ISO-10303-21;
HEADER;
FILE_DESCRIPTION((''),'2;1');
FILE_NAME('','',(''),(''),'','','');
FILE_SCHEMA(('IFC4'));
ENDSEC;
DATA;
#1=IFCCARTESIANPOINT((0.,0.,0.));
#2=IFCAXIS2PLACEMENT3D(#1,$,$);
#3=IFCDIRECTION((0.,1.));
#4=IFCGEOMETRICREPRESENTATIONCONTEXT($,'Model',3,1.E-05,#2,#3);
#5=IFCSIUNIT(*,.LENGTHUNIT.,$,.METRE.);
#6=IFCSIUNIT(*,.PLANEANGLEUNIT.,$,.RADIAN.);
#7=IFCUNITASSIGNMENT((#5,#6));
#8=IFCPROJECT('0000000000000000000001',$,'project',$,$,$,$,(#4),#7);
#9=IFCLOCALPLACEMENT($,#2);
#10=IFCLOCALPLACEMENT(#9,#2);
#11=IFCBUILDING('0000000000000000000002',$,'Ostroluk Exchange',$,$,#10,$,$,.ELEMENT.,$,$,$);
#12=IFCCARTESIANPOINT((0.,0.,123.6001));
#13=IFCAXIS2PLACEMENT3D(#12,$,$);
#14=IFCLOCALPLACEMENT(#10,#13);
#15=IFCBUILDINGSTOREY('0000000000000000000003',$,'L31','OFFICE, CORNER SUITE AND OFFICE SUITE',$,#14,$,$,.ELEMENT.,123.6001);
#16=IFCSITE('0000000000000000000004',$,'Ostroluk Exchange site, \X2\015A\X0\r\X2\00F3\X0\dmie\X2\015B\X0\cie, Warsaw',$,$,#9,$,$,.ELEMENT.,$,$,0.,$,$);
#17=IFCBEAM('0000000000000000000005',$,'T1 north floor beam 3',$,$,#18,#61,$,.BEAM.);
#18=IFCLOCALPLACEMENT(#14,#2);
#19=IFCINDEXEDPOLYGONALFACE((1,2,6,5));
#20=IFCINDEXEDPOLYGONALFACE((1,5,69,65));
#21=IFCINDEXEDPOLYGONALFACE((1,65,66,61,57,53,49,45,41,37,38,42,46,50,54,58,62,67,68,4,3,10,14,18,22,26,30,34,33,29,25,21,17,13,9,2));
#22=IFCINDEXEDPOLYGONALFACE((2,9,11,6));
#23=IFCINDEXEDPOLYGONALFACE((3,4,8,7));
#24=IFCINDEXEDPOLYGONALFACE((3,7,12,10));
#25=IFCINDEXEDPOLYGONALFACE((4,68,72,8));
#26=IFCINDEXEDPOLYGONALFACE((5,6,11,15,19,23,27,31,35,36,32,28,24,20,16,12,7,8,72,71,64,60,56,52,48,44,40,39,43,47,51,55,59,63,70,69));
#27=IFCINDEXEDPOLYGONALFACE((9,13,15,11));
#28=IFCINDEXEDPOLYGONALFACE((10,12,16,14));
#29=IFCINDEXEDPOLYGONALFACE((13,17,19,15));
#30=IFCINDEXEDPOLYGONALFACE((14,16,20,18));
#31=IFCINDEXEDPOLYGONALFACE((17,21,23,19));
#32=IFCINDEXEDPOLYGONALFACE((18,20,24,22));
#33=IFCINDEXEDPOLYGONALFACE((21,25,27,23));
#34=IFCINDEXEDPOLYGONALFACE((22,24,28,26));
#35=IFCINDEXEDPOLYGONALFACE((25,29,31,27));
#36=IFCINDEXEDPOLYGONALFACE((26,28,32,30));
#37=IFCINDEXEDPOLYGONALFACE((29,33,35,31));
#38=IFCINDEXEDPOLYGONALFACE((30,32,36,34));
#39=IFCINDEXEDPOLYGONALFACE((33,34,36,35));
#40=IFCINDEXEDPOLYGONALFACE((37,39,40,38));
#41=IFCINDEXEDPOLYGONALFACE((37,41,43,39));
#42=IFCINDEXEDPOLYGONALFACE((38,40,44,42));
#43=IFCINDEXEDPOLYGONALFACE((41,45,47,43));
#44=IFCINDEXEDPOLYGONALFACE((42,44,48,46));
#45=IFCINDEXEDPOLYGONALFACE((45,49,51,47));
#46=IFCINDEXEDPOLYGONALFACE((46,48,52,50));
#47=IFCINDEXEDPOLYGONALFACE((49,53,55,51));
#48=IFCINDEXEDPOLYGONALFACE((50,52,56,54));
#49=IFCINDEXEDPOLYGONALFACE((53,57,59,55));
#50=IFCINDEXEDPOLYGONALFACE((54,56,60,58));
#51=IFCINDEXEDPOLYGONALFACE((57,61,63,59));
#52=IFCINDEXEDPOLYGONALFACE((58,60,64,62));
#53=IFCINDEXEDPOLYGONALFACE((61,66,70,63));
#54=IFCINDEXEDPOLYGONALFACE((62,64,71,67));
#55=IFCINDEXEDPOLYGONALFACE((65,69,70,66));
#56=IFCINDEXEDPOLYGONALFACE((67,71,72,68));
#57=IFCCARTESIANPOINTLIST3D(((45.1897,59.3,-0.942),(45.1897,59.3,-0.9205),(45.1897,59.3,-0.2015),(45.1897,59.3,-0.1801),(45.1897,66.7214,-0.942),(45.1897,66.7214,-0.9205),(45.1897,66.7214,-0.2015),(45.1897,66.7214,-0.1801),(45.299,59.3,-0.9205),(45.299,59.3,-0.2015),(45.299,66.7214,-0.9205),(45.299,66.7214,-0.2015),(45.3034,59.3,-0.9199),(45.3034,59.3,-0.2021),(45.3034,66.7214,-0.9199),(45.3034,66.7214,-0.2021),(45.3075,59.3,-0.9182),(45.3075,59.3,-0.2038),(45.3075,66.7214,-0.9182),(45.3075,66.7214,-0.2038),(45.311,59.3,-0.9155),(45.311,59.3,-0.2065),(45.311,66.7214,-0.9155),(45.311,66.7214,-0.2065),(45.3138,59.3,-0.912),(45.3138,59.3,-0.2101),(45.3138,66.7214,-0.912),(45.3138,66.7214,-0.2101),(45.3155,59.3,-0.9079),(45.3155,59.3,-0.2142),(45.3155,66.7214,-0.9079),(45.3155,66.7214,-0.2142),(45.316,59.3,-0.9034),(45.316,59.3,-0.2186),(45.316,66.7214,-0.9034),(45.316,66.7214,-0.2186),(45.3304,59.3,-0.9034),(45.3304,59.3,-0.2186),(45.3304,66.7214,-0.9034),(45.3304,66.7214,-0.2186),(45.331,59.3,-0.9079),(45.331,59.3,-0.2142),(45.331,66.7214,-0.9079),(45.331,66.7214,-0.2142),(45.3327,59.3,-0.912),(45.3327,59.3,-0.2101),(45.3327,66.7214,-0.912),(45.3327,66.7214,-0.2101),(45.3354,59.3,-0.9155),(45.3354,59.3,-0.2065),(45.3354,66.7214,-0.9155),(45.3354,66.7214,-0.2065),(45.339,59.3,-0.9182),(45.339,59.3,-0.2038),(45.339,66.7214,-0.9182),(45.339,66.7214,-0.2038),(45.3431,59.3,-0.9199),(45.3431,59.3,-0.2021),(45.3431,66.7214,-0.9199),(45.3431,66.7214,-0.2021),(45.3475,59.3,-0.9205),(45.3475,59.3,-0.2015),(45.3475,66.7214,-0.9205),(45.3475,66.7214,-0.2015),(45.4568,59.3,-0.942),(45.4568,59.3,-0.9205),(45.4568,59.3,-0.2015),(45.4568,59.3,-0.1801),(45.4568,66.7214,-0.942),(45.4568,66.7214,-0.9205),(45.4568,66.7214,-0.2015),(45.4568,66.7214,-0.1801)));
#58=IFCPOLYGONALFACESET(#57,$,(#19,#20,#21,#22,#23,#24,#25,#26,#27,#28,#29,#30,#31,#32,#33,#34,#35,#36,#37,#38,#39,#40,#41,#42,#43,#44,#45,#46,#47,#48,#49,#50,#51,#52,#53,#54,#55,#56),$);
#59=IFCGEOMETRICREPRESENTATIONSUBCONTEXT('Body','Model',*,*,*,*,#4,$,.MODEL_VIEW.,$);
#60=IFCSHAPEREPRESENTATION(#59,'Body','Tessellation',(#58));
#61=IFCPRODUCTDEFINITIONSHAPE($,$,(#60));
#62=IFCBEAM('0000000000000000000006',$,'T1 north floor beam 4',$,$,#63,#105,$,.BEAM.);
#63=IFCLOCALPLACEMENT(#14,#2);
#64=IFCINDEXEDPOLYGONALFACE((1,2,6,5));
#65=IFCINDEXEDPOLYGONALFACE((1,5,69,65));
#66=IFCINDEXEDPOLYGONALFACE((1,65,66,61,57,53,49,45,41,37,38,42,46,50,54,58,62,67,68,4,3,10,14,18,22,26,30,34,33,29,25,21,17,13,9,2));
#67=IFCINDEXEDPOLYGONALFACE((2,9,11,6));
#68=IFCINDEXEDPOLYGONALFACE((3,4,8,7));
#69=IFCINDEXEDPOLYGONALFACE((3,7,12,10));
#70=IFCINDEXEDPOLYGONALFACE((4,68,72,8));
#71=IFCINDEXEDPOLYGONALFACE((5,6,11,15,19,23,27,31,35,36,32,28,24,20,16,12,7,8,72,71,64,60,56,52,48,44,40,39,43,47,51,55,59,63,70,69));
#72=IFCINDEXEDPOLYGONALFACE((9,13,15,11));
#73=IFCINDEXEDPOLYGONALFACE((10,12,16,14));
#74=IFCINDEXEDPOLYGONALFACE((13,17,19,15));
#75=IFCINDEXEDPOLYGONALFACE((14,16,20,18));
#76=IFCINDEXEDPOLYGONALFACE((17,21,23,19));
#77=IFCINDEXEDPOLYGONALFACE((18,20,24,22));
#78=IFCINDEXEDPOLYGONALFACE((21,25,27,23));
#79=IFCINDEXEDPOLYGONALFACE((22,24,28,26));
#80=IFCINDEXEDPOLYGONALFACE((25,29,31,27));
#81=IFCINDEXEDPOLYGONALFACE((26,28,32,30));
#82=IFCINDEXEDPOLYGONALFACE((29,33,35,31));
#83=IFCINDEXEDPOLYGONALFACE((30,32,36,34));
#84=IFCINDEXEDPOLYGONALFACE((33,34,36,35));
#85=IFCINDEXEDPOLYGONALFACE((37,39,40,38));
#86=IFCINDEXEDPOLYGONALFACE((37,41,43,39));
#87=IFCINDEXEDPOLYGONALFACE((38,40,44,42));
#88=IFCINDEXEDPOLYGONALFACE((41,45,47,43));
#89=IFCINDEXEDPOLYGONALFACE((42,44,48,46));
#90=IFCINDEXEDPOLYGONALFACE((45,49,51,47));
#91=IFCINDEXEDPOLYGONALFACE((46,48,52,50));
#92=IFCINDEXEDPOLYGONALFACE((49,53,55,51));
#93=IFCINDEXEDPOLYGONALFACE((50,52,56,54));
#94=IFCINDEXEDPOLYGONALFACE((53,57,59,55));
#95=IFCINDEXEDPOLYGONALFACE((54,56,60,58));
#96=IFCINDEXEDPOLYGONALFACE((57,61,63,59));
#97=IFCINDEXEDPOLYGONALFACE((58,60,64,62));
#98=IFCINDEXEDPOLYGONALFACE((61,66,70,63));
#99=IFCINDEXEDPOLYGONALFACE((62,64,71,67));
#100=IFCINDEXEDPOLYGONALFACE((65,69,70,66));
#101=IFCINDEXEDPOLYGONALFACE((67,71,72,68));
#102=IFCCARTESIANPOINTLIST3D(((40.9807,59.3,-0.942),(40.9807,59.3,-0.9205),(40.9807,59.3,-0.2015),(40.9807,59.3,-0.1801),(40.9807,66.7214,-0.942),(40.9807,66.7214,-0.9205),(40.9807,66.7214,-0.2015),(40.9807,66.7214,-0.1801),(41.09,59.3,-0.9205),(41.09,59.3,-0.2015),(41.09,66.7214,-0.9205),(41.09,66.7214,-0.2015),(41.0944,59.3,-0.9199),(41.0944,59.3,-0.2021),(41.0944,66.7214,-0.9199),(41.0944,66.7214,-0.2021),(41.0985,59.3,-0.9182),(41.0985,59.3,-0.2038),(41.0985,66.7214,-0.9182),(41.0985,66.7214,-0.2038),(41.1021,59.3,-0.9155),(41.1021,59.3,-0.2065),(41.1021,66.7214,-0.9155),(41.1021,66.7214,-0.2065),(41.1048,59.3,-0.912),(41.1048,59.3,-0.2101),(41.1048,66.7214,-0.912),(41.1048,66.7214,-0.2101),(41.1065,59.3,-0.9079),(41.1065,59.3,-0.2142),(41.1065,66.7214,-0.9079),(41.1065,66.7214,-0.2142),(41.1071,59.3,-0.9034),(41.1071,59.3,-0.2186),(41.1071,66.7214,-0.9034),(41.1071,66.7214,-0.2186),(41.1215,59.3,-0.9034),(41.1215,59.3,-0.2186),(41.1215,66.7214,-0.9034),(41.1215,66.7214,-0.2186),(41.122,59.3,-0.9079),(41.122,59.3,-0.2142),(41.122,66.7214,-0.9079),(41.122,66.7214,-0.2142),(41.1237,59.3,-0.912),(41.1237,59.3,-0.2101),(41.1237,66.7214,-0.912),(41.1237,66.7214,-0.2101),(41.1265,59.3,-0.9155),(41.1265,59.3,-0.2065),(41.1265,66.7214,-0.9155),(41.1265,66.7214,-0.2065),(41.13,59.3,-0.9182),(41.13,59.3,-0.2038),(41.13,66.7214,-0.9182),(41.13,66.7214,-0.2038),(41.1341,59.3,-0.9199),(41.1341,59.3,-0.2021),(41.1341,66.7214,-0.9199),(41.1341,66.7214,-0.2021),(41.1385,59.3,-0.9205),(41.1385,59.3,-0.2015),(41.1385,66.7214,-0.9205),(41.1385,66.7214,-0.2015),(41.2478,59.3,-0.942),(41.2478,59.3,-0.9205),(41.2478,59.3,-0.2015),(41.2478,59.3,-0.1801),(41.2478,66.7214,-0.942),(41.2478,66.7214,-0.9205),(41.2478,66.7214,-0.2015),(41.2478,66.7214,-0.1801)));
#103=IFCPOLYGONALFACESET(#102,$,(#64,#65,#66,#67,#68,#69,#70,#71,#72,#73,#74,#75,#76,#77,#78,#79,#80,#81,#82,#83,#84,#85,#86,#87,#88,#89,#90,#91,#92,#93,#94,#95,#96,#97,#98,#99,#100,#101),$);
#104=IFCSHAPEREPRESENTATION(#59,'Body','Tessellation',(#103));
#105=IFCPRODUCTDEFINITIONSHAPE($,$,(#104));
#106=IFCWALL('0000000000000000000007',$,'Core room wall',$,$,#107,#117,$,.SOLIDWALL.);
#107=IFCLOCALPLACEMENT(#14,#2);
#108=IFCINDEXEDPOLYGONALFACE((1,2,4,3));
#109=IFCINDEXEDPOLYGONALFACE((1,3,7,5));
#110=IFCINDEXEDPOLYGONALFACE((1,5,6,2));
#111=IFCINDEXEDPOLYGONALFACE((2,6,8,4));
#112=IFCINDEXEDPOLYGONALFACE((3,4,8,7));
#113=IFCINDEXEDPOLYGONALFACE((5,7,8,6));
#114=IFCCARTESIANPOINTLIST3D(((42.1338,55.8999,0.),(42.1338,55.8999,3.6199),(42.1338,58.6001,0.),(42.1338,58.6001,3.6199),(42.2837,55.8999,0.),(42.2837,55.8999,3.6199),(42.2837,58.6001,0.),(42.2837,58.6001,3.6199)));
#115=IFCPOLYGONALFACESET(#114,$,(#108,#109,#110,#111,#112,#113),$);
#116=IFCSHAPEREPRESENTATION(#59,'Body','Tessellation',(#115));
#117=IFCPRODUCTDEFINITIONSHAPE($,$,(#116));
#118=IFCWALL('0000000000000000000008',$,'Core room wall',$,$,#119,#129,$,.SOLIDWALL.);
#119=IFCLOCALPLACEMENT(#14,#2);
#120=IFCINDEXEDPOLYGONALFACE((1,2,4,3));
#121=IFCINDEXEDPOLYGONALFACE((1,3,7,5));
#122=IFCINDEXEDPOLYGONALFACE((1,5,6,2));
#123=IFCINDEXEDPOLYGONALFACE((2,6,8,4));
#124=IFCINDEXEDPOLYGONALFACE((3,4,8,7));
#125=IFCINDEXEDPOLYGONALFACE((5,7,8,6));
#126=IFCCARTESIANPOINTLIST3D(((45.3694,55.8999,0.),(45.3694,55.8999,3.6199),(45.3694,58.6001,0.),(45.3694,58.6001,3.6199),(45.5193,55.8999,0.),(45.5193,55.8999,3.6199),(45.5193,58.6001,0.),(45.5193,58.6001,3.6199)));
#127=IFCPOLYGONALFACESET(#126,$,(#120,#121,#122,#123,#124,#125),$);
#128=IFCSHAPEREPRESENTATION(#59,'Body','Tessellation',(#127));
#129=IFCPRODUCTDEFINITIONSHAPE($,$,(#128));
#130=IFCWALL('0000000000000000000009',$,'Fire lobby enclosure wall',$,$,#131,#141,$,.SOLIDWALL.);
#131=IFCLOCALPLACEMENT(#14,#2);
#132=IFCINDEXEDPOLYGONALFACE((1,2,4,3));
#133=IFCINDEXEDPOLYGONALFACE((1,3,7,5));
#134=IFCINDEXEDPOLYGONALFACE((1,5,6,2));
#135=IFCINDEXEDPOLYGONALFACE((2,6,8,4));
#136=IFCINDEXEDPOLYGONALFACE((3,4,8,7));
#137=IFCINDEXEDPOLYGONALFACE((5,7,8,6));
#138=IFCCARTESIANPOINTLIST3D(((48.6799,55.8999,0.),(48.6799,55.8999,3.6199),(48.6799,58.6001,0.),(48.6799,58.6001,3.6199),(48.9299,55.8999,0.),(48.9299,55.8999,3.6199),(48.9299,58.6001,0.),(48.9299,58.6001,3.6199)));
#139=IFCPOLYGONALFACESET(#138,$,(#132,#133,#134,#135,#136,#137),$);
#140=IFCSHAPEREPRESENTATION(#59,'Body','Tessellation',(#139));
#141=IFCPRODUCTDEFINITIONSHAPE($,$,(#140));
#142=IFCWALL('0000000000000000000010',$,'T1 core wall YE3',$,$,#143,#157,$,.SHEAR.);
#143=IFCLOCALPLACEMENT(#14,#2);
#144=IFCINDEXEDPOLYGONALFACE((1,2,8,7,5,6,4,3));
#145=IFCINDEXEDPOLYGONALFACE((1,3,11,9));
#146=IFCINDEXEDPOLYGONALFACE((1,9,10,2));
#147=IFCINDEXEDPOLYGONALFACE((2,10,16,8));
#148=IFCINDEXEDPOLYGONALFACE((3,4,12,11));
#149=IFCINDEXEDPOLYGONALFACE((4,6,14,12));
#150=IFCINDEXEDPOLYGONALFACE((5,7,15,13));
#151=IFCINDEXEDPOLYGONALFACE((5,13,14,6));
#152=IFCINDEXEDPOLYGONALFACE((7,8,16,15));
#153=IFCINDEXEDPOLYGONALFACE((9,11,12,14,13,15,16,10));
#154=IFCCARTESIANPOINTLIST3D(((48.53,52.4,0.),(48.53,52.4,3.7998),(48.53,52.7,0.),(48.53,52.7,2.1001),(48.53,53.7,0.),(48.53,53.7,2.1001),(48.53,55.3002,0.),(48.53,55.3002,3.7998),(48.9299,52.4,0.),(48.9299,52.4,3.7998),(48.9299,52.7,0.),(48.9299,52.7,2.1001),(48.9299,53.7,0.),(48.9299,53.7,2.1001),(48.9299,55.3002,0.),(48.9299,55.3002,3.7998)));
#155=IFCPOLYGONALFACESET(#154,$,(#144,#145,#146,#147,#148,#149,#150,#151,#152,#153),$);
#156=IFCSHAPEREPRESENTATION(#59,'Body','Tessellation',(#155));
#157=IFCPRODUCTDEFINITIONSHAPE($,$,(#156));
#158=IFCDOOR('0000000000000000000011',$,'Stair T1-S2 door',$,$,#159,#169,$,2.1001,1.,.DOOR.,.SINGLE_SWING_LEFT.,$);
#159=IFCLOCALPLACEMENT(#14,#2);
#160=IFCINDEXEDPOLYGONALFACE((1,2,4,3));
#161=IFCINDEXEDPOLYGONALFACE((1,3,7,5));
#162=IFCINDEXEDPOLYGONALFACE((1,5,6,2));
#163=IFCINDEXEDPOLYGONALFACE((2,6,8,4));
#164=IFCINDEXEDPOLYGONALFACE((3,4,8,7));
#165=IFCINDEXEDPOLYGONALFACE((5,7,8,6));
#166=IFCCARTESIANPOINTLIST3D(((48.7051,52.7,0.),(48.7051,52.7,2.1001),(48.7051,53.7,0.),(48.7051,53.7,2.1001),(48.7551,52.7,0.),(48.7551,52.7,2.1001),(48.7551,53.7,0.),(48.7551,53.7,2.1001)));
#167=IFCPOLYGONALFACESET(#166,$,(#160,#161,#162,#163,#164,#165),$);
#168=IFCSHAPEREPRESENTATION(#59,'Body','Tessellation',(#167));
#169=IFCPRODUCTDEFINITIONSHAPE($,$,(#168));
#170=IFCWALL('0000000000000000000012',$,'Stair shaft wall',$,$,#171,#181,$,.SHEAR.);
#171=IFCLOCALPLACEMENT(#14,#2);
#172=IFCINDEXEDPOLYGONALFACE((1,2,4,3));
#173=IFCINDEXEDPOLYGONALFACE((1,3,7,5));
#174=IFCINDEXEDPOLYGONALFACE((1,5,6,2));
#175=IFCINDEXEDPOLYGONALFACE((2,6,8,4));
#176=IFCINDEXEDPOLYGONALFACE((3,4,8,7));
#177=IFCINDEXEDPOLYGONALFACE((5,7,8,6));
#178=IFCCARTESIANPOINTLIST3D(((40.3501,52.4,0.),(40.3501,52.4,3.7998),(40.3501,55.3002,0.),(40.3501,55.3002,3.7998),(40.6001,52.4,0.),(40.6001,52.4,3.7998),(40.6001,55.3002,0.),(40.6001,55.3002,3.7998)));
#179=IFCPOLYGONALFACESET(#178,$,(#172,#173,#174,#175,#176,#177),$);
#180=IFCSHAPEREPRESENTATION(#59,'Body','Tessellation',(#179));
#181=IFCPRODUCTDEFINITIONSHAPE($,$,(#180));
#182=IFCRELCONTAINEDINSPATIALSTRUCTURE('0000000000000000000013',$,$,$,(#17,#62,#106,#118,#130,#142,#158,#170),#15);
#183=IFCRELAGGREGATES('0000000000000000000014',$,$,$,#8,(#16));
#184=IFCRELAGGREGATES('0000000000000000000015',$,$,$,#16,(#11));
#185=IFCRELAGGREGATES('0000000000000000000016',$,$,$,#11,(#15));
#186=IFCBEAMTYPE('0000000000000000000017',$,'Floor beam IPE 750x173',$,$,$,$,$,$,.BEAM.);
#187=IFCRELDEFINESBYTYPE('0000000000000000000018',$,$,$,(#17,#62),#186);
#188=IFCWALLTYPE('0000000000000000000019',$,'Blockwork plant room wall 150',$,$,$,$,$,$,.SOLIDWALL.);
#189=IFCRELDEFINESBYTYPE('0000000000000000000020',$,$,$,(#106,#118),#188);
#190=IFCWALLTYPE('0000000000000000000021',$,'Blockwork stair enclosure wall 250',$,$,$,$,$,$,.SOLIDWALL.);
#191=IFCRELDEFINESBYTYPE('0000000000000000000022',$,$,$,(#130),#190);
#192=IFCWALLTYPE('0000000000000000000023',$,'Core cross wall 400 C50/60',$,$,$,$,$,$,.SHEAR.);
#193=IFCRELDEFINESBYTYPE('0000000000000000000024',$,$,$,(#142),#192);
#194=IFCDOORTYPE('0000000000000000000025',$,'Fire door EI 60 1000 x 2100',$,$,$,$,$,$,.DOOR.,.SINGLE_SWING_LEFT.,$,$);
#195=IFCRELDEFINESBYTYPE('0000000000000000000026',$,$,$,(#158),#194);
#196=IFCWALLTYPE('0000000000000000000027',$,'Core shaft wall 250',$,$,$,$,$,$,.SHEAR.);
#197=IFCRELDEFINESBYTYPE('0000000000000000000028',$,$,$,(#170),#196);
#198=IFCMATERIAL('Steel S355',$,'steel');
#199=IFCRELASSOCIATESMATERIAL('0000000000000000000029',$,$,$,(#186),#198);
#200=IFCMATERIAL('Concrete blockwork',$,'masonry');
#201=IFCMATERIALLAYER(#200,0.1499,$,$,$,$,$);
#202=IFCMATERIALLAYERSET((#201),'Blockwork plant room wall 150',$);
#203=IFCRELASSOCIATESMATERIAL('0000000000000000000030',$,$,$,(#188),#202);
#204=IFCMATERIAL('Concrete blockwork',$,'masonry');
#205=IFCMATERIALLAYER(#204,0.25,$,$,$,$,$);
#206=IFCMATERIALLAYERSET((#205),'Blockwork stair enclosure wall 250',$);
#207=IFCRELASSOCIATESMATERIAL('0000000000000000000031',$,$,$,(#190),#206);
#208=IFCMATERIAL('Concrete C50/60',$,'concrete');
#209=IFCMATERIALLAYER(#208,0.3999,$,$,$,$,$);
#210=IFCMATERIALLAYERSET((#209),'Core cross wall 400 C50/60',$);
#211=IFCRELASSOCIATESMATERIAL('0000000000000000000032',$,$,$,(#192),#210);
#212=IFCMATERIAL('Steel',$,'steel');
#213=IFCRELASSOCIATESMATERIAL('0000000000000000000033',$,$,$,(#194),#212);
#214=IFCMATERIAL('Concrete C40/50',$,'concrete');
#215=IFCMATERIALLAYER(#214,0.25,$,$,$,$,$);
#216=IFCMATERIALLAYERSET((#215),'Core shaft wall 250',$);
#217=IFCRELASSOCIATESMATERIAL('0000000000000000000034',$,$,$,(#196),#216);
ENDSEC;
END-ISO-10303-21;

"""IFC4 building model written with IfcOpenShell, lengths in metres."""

from ifc_helpers import new_model, si_unit, direction, frame, frame_2d, origin, origin_2d, place, context, subcontext, project, spatial, rectangle, i_section, extrude, material, layer, layer_set, material_profile, profile_set, type_object, element, fill, save


model = new_model("IFC4")

# Units and contexts
model_context = context("Model", 3, precision=1e-05, world=origin(), true_north=direction((0.0, 1.0)))
body_context = subcontext(model_context, "Body", "Model", "MODEL_VIEW")
ifc_project = project(units=[si_unit("LENGTHUNIT", "METRE"), si_unit("PLANEANGLEUNIT", "RADIAN")], contexts=[model_context])

# Site, building, storey
site_placement = place(None, origin())
site = spatial("IfcSite", under=ifc_project, at=site_placement, Name="Ostroluk Exchange site, Śródmieście, Warsaw", CompositionType="ELEMENT", RefElevation=0.0)
building_placement = place(site_placement, origin())
building = spatial("IfcBuilding", under=site, at=building_placement, Name="Ostroluk Exchange", CompositionType="ELEMENT")
storey_placement = place(building_placement, frame((0.0, 0.0, 123.6001)))
storey = spatial("IfcBuildingStorey", under=building, at=storey_placement, Name="L31", Description="OFFICE, CORNER SUITE AND OFFICE SUITE", CompositionType="ELEMENT", Elevation=123.6001)

# Beams
ifc_material_1 = material(Name="Steel S355", Category="steel")
ifc_material_profile = material_profile(ifc_material_1, i_section(OverallWidth=0.2671, OverallDepth=0.762, WebThickness=0.0144, FlangeThickness=0.0215, FilletRadius=0.0171, at=origin_2d()), Name="IPE 750x173")
ifc_profile_set = profile_set([ifc_material_profile], Name="Steel S355")
beam_type = type_object("IfcBeamType", Name="Floor beam IPE 750x173", PredefinedType="BEAM", material=ifc_profile_set)
for number, where, z_axis, x_axis, name in (
    (1, (45.3232, 59.3, -0.561), (0.0, 1.0, 0.0), (-1.0, 0.0, 0.0), "T1 north floor beam 3"),
    (2, (41.1143, 59.3, -0.561), (0.0, 1.0, 0.0), (-1.0, 0.0, 0.0), "T1 north floor beam 4"),
):
    element("IfcBeam", number, at=place(storey_placement, frame(where, z_axis=z_axis, x_axis=x_axis)), inside=storey, type_object=beam_type, Name=name, PredefinedType="BEAM", context=body_context, shape_type="SweptSolid", body=[
        extrude(i_section(OverallWidth=0.2671, OverallDepth=0.762, WebThickness=0.0144, FlangeThickness=0.0215, FilletRadius=0.0171, at=origin_2d()), origin(), (0.0, 0.0, 1.0), 7.4214),
    ])

# Walls
ifc_material_2 = material(Name="Concrete blockwork", Category="masonry")
ifc_layer_1 = layer(ifc_material_2, 0.1499)
ifc_layer_set_1 = layer_set([ifc_layer_1], Name="Blockwork plant room wall 150")
wall_type_1 = type_object("IfcWallType", Name="Blockwork plant room wall 150", PredefinedType="SOLIDWALL", material=ifc_layer_set_1)
for number, where, z_axis, x_axis, name in (
    (3, (42.2087, 55.8999, 0.0), (0.0, 0.0, 1.0), (0.0, 1.0, 0.0), "Core room wall"),
    (4, (45.4443, 55.8999, 0.0), (0.0, 0.0, 1.0), (0.0, 1.0, 0.0), "Core room wall"),
):
    element("IfcWall", number, at=place(storey_placement, frame(where, z_axis=z_axis, x_axis=x_axis)), inside=storey, type_object=wall_type_1, Name=name, PredefinedType="SOLIDWALL", context=body_context, shape_type="SweptSolid", body=[
        extrude(rectangle(XDim=2.7002, YDim=0.1499, at=frame_2d((1.3501, 0.0))), origin(), (0.0, 0.0, 1.0), 3.6199),
    ])
ifc_material_3 = material(Name="Concrete blockwork", Category="masonry")
ifc_layer_2 = layer(ifc_material_3, 0.25)
ifc_layer_set_2 = layer_set([ifc_layer_2], Name="Blockwork stair enclosure wall 250")
wall_type_2 = type_object("IfcWallType", Name="Blockwork stair enclosure wall 250", PredefinedType="SOLIDWALL", material=ifc_layer_set_2)
wall_1_placement = place(storey_placement, frame((48.8049, 55.8999, 0.0), z_axis=(0.0, 0.0, 1.0), x_axis=(0.0, 1.0, 0.0)))
element("IfcWall", 5, at=wall_1_placement, inside=storey, type_object=wall_type_2, Name="Fire lobby enclosure wall", PredefinedType="SOLIDWALL", context=body_context, shape_type="SweptSolid", body=[
    extrude(rectangle(XDim=2.7002, YDim=0.25, at=frame_2d((1.3501, 0.0))), origin(), (0.0, 0.0, 1.0), 3.6199),
])

# Wall, opening, door
ifc_material_4 = material(Name="Concrete C50/60", Category="concrete")
ifc_layer_3 = layer(ifc_material_4, 0.3999)
ifc_layer_set_3 = layer_set([ifc_layer_3], Name="Core cross wall 400 C50/60")
wall_type_3 = type_object("IfcWallType", Name="Core cross wall 400 C50/60", PredefinedType="SHEAR", material=ifc_layer_set_3)
wall_2_placement = place(storey_placement, frame((48.73, 52.3999, 0.0), z_axis=(0.0, 0.0, 1.0), x_axis=(0.0, 1.0, 0.0)))
wall_2 = element("IfcWall", 6, at=wall_2_placement, inside=storey, type_object=wall_type_3, Name="T1 core wall YE3", PredefinedType="SHEAR", context=body_context, shape_type="SweptSolid", body=[
    extrude(rectangle(XDim=2.9001, YDim=0.3999, at=frame_2d((1.4502, 0.0))), origin(), (0.0, 0.0, 1.0), 3.7998),
])
opening_placement = place(wall_2_placement, frame((0.3, 0.0, 0.0)))
opening = element("IfcOpeningElement", 7, at=opening_placement, cuts=wall_2, PredefinedType="OPENING", context=body_context, shape_type="SweptSolid", body=[
    extrude(rectangle(XDim=1.0, YDim=2.1001, at=frame_2d((0.5, 1.05))), frame((0.0, 0.21, 0.0), z_axis=(0.0, -1.0, 0.0), x_axis=(1.0, 0.0, 0.0)), (0.0, 0.0, 1.0), 0.4199),
])
ifc_material_5 = material(Name="Steel", Category="steel")
door_type = type_object("IfcDoorType", Name="Fire door EI 60 1000 x 2100", OperationType="SINGLE_SWING_LEFT", PredefinedType="DOOR", material=ifc_material_5)
door_placement = place(opening_placement, origin())
door = element("IfcDoor", 8, at=door_placement, inside=storey, type_object=door_type, Name="Stair T1-S2 door", OperationType="SINGLE_SWING_LEFT", OverallHeight=2.1001, OverallWidth=1.0, PredefinedType="DOOR", context=body_context, shape_type="SweptSolid", body=[
    extrude(rectangle(XDim=1.0, YDim=2.1001, at=frame_2d((0.5, 1.05))), frame((0.0, 0.0249, 0.0), z_axis=(0.0, -1.0, 0.0), x_axis=(1.0, 0.0, 0.0)), (0.0, 0.0, 1.0), 0.05),
])
fill(opening, door)

# Wall
ifc_material_6 = material(Name="Concrete C40/50", Category="concrete")
ifc_layer_4 = layer(ifc_material_6, 0.25)
ifc_layer_set_4 = layer_set([ifc_layer_4], Name="Core shaft wall 250")
wall_type_4 = type_object("IfcWallType", Name="Core shaft wall 250", PredefinedType="SHEAR", material=ifc_layer_set_4)
wall_3_placement = place(storey_placement, frame((40.4751, 52.3999, 0.0), z_axis=(0.0, 0.0, 1.0), x_axis=(0.0, 1.0, 0.0)))
element("IfcWall", 9, at=wall_3_placement, inside=storey, type_object=wall_type_4, Name="Stair shaft wall", PredefinedType="SHEAR", context=body_context, shape_type="SweptSolid", body=[
    extrude(rectangle(XDim=2.9001, YDim=0.25, at=frame_2d((1.4502, 0.0))), origin(), (0.0, 0.0, 1.0), 3.7998),
])

save(model, "model.ifc")
